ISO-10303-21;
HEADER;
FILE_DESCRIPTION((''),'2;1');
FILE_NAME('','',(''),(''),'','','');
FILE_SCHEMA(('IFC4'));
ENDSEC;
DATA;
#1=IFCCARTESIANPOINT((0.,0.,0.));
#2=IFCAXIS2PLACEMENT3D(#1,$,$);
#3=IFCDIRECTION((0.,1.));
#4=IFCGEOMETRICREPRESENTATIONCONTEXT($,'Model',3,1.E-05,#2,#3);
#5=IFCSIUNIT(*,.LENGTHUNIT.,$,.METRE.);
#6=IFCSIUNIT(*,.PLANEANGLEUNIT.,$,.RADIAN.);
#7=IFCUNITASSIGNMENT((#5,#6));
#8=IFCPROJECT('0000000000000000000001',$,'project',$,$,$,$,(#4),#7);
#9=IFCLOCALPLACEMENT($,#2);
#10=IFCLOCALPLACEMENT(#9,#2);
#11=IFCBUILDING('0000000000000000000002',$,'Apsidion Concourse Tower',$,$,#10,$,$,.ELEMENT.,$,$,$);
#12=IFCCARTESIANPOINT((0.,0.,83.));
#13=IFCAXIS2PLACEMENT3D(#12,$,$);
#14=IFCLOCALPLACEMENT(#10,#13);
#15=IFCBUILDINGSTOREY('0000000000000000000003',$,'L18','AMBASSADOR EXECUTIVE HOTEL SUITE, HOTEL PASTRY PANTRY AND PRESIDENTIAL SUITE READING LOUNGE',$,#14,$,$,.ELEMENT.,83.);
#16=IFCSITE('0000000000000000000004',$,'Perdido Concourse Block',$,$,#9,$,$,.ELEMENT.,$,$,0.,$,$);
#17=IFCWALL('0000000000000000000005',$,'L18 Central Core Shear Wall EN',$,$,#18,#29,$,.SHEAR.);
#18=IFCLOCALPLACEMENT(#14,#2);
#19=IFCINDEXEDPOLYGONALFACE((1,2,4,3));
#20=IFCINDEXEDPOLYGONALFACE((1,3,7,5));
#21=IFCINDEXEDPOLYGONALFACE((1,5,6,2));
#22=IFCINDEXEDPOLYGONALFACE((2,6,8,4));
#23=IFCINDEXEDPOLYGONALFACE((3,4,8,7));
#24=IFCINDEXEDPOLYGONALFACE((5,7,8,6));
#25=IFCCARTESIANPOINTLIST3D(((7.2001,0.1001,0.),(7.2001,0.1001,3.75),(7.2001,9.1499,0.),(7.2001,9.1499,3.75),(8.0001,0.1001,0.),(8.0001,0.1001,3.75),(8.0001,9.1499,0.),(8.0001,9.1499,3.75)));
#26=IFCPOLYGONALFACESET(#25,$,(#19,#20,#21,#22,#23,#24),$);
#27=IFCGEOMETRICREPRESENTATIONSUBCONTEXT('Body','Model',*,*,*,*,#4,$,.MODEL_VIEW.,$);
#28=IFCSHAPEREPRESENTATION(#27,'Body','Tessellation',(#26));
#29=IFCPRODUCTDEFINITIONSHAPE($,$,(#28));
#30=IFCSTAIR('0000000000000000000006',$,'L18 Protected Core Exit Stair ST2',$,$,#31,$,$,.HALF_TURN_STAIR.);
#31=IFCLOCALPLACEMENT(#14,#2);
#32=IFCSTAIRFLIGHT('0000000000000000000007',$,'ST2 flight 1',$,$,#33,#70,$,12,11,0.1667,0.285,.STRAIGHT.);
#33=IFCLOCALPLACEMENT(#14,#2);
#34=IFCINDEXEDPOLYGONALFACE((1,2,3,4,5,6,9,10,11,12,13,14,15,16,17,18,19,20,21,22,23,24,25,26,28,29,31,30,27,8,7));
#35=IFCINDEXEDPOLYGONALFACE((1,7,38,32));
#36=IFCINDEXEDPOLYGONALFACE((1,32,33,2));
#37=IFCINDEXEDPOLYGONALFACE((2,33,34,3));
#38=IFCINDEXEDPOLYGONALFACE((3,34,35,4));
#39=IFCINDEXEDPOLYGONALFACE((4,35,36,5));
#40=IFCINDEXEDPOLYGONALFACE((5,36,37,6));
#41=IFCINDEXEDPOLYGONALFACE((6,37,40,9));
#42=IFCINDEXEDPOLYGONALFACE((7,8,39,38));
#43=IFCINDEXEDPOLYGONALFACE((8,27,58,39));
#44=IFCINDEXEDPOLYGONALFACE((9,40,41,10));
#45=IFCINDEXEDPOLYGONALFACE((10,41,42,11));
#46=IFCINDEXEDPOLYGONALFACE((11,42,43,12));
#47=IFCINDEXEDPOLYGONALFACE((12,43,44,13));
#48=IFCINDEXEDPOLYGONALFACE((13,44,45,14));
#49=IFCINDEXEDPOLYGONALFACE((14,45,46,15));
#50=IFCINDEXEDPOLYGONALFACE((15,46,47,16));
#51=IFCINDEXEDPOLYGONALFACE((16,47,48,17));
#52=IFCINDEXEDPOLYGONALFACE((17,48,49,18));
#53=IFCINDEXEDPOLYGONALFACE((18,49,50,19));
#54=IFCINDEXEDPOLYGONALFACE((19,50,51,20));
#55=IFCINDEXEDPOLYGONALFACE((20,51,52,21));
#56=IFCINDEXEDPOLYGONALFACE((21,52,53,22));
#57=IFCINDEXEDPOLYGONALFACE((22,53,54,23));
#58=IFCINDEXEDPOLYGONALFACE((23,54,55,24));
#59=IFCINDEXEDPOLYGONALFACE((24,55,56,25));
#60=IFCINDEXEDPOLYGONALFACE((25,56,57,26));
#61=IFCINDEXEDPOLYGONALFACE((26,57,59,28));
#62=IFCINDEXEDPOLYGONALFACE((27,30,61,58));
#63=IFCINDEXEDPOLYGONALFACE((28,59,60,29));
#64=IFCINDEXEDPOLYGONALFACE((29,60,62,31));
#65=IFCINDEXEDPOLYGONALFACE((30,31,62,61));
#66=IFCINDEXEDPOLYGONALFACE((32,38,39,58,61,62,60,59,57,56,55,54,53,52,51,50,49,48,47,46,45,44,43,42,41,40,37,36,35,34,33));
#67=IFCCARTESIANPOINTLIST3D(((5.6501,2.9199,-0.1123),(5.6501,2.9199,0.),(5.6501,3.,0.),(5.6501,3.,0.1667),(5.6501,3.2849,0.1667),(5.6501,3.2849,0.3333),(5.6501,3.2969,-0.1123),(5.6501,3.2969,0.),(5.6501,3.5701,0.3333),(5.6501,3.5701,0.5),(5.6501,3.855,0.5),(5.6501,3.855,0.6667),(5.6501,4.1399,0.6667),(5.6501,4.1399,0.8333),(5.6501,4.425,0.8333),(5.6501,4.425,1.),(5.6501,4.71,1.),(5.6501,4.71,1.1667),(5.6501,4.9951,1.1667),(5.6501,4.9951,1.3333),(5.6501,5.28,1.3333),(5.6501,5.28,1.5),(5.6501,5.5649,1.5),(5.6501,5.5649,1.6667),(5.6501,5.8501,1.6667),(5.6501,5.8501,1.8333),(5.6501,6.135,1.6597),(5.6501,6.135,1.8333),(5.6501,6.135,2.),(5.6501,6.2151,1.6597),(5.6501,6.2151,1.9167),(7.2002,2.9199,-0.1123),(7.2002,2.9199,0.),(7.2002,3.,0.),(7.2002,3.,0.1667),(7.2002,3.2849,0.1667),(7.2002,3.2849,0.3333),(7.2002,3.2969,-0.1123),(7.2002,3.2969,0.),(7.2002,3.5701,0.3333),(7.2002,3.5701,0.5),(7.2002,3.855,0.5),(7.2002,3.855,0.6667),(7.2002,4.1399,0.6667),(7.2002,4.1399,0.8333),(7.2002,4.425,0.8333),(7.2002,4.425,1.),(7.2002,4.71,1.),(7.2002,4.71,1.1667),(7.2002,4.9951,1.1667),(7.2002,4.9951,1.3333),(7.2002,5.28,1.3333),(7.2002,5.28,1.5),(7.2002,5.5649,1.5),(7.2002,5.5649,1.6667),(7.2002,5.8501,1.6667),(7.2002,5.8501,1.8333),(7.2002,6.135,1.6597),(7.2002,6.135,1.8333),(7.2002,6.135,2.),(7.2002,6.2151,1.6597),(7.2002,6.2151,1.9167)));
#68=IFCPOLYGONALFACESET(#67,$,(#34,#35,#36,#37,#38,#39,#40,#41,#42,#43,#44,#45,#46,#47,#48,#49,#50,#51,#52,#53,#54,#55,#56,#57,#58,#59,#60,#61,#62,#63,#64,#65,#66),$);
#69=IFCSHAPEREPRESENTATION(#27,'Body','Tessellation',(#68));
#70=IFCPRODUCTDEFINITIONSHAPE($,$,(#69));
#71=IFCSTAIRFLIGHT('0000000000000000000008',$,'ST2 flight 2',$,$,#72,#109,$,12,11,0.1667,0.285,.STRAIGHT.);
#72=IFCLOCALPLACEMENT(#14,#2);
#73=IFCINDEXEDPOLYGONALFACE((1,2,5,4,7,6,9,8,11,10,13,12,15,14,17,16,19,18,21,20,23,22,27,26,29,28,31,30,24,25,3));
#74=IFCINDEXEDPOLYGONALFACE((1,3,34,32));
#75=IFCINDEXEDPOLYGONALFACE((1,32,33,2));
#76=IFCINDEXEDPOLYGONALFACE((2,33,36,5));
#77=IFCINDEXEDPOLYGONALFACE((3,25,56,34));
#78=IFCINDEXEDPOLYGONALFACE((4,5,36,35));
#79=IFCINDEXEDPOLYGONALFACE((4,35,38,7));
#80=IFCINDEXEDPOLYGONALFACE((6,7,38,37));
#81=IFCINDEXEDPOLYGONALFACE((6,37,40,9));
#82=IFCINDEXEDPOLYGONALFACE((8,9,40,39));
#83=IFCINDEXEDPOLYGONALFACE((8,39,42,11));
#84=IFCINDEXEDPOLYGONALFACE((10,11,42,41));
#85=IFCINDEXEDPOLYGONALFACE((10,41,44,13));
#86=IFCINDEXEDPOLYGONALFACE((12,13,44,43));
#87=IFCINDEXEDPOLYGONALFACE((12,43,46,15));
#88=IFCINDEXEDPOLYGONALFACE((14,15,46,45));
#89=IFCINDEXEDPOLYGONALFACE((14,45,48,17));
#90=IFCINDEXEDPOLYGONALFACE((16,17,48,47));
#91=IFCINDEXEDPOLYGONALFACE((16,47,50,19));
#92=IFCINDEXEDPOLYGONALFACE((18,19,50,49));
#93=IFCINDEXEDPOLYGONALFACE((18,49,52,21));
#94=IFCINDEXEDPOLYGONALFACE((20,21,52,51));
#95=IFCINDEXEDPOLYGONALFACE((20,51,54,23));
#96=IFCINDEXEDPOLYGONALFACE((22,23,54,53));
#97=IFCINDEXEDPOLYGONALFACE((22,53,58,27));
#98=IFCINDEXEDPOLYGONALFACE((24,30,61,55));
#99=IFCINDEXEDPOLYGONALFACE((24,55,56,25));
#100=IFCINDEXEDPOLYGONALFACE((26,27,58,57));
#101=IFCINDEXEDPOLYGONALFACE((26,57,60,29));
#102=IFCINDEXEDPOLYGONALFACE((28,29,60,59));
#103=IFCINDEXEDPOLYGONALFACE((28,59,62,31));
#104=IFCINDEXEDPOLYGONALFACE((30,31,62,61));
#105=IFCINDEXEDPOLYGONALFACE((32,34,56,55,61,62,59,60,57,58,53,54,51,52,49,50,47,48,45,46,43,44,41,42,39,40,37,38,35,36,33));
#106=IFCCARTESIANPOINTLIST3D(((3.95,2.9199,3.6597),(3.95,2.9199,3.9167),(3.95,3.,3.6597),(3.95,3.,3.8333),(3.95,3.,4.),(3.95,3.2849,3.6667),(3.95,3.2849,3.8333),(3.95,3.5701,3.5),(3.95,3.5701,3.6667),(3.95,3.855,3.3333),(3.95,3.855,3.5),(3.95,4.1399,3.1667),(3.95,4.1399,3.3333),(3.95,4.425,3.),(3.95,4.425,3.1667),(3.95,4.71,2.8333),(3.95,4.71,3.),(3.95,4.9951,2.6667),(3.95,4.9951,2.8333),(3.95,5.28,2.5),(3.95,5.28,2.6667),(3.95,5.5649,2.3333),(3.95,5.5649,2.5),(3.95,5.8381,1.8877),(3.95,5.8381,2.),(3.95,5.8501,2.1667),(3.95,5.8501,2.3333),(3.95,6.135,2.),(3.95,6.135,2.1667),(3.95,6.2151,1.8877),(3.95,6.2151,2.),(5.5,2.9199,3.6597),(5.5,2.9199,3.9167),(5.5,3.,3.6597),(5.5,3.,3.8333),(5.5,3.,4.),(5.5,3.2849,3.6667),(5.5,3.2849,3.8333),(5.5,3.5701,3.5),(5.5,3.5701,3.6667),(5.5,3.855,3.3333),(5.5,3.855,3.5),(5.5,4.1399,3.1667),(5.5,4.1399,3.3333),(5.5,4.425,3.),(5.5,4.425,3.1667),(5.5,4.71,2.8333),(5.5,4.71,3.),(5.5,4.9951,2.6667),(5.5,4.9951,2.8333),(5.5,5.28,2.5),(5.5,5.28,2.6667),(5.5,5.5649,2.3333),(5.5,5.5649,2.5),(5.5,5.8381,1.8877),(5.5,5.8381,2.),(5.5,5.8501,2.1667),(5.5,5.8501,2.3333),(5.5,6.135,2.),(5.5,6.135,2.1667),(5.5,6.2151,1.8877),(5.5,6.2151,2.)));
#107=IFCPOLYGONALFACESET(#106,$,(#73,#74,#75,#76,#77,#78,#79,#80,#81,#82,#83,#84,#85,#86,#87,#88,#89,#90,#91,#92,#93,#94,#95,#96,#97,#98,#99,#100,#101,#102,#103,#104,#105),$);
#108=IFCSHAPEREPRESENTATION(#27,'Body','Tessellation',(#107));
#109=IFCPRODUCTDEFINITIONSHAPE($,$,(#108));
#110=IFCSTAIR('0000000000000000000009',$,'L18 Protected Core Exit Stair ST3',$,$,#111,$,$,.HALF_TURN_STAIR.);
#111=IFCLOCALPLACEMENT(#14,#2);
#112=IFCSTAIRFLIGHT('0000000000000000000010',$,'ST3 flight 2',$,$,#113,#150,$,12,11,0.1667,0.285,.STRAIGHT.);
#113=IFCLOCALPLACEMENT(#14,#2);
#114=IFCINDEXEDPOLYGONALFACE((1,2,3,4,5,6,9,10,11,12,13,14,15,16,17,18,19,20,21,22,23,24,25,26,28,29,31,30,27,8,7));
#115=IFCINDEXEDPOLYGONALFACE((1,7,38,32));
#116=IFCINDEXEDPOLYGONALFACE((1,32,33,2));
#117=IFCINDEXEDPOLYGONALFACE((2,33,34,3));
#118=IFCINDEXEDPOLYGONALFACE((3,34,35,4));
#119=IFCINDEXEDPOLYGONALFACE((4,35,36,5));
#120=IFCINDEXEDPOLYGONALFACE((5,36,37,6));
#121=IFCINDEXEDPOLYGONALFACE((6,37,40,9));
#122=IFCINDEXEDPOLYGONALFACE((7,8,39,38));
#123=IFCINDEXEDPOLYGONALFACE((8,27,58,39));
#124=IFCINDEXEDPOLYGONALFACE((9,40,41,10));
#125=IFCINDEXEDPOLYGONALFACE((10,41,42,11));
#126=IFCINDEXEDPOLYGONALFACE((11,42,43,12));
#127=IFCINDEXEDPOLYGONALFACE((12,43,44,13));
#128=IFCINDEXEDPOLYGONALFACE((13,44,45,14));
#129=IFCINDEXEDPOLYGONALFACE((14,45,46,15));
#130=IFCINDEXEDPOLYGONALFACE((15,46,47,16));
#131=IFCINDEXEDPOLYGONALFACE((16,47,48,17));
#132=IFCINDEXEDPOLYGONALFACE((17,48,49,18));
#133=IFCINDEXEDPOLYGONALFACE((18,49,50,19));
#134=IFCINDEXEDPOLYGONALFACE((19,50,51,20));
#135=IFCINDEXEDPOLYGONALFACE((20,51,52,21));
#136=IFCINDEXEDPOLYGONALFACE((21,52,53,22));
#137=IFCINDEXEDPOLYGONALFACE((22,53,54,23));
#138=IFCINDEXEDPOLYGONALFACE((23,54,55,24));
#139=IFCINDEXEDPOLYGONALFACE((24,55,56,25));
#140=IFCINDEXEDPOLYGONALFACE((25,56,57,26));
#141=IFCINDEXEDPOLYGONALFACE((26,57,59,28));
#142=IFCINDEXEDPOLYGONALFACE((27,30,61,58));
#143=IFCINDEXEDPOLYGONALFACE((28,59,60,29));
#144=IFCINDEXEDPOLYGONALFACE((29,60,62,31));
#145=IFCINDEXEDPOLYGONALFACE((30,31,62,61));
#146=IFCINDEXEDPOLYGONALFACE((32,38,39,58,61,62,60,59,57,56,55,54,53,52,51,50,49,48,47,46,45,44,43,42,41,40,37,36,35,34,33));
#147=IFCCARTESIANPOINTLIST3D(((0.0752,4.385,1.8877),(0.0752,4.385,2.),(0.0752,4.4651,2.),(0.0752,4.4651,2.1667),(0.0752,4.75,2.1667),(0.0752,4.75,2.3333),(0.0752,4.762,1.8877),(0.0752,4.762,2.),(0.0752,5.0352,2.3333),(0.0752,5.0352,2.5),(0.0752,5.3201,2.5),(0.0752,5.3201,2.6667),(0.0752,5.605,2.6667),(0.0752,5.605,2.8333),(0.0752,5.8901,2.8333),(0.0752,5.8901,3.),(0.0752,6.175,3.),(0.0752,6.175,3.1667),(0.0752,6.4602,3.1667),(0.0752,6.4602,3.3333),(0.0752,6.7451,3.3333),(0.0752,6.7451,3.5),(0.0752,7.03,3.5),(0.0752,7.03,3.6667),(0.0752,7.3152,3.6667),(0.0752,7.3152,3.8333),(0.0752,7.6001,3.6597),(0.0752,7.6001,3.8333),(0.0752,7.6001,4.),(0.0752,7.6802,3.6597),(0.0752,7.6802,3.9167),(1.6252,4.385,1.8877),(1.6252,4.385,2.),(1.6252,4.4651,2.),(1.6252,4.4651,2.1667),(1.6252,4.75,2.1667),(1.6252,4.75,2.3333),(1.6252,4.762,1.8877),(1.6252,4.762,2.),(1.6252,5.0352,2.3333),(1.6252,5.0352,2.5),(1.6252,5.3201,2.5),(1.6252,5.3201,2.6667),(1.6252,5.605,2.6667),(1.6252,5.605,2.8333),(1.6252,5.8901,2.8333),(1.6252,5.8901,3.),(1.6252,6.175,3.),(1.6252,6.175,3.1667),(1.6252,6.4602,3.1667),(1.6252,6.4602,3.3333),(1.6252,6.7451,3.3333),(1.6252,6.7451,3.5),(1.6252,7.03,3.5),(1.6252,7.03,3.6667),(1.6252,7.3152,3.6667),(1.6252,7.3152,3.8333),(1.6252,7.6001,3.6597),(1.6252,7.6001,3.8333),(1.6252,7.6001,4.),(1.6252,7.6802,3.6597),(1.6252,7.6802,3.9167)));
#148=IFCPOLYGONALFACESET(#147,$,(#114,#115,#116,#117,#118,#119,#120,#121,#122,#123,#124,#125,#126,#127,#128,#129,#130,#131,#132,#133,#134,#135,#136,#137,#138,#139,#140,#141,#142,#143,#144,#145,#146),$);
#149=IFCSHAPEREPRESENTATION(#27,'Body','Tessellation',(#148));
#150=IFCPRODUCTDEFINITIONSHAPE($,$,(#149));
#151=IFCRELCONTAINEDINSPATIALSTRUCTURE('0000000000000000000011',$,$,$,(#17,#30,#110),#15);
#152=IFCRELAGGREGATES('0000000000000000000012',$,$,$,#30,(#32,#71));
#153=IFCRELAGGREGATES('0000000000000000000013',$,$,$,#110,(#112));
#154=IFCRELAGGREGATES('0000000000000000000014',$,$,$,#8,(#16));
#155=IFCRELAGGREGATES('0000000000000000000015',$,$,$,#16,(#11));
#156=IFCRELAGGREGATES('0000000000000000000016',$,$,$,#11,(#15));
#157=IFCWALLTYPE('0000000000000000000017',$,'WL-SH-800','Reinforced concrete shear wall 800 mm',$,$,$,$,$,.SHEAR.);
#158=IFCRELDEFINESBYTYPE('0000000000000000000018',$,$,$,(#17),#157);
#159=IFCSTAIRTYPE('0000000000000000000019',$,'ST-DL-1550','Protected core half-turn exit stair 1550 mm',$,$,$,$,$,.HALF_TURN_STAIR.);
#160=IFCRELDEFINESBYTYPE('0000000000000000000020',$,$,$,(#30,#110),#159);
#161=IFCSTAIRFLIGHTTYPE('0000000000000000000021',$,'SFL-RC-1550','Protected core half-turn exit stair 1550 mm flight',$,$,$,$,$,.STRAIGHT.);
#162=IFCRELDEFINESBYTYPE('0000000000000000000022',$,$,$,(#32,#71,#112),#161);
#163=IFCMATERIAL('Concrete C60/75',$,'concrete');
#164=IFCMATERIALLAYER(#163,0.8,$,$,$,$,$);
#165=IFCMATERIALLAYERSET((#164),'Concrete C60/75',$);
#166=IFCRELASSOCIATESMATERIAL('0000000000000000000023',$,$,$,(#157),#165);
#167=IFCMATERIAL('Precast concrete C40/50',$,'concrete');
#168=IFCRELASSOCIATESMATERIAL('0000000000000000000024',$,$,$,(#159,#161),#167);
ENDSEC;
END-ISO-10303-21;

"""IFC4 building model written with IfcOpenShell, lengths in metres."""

from ifc_helpers import new_model, si_unit, direction, frame, frame_2d, origin, place, context, subcontext, project, spatial, polyline, rectangle, outline, extrude, material, layer, layer_set, type_object, element, aggregate, save


model = new_model("IFC4")

# Units and contexts
model_context = context("Model", 3, precision=1e-05, world=origin(), true_north=direction((0.0, 1.0)))
body_context = subcontext(model_context, "Body", "Model", "MODEL_VIEW")
ifc_project = project(units=[si_unit("LENGTHUNIT", "METRE"), si_unit("PLANEANGLEUNIT", "RADIAN")], contexts=[model_context])

# Site, building, storey
site_placement = place(None, origin())
site = spatial("IfcSite", under=ifc_project, at=site_placement, Name="Perdido Concourse Block", CompositionType="ELEMENT", RefElevation=0.0)
building_placement = place(site_placement, origin())
building = spatial("IfcBuilding", under=site, at=building_placement, Name="Apsidion Concourse Tower", CompositionType="ELEMENT")
storey_placement = place(building_placement, frame((0.0, 0.0, 83.0)))
storey = spatial("IfcBuildingStorey", under=building, at=storey_placement, Name="L18", Description="AMBASSADOR EXECUTIVE HOTEL SUITE, HOTEL PASTRY PANTRY AND PRESIDENTIAL SUITE READING LOUNGE", CompositionType="ELEMENT", Elevation=83.0)

# Shared definitions
ifc_material_1 = material(Name="Concrete C60/75", Category="concrete")

# Wall
ifc_layer_1 = layer(ifc_material_1, 0.8)
ifc_layer_set_1 = layer_set([ifc_layer_1], Name="Concrete C60/75")
wall_type_1 = type_object("IfcWallType", Name="WL-SH-800", Description="Reinforced concrete shear wall 800 mm", PredefinedType="SHEAR", material=ifc_layer_set_1)
wall_1_placement = place(storey_placement, frame((7.6001, 0.1001, 0.0), z_axis=(0.0, 0.0, 1.0), x_axis=(0.0, 1.0, 0.0)))
element("IfcWall", 1, at=wall_1_placement, inside=storey, type_object=wall_type_1, Name="L18 Central Core Shear Wall EN", PredefinedType="SHEAR", context=body_context, shape_type="SweptSolid", body=[
    extrude(rectangle(XDim=9.0498, YDim=0.8, at=frame_2d((4.5249, 0.0))), origin(), (0.0, 0.0, 1.0), 3.75),
])

# Stair, stair flights
ifc_material_2 = material(Name="Precast concrete C40/50", Category="concrete")
stair_type = type_object("IfcStairType", Name="ST-DL-1550", Description="Protected core half-turn exit stair 1550 mm", PredefinedType="HALF_TURN_STAIR", material=ifc_material_2)
stair_1_placement = place(storey_placement, origin())
stair_1 = element("IfcStair", 2, at=stair_1_placement, inside=storey, type_object=stair_type, Name="L18 Protected Core Exit Stair ST2", PredefinedType="HALF_TURN_STAIR")
stair_flight_type = type_object("IfcStairFlightType", Name="SFL-RC-1550", Description="Protected core half-turn exit stair 1550 mm flight", PredefinedType="STRAIGHT", material=ifc_material_2)
stair_flight_1_placement = place(storey_placement, frame((6.425, 3.0, 0.0), z_axis=(0.0, 0.0, 1.0), x_axis=(0.0, 1.0, 0.0)))
stair_flight_1 = element("IfcStairFlight", 3, at=stair_flight_1_placement, type_object=stair_flight_type, Name="ST2 flight 1", NumberOfRisers=12, NumberOfTreads=11, PredefinedType="STRAIGHT", RiserHeight=0.1667, TreadLength=0.285, context=body_context, shape_type="SweptSolid", body=[
    extrude(outline(polyline([(-0.0801, -0.1123), (-0.0801, 0.0), (0.0, 0.0), (0.0, 0.1667), (0.2849, 0.1667), (0.2849, 0.3333), (0.5701, 0.3333), (0.5701, 0.5), (0.855, 0.5), (0.855, 0.6667), (1.1399, 0.6667), (1.1399, 0.8333), (1.425, 0.8333), (1.425, 1.0), (1.71, 1.0), (1.71, 1.1667), (1.9951, 1.1667), (1.9951, 1.3333), (2.28, 1.3333), (2.28, 1.5), (2.5649, 1.5), (2.5649, 1.6667), (2.8501, 1.6667), (2.8501, 1.8333), (3.135, 1.8333), (3.135, 2.0), (3.2151, 1.9167), (3.2151, 1.6597), (3.135, 1.6597), (0.2969, 0.0), (0.2969, -0.1123), (-0.0801, -0.1123)])), frame((0.0, 0.7749, 0.0), z_axis=(0.0, -1.0, 0.0), x_axis=(1.0, 0.0, 0.0)), (0.0, 0.0, 1.0), 1.55),
])
stair_flight_2_placement = place(storey_placement, frame((4.7251, 6.135, 2.0), z_axis=(0.0, 0.0, 1.0), x_axis=(0.0, -1.0, 0.0)))
stair_flight_2 = element("IfcStairFlight", 4, at=stair_flight_2_placement, type_object=stair_flight_type, Name="ST2 flight 2", NumberOfRisers=12, NumberOfTreads=11, PredefinedType="STRAIGHT", RiserHeight=0.1667, TreadLength=0.285, context=body_context, shape_type="SweptSolid", body=[
    extrude(outline(polyline([(-0.0801, -0.1123), (-0.0801, 0.0), (0.0, 0.0), (0.0, 0.1667), (0.2849, 0.1667), (0.2849, 0.3333), (0.5701, 0.3333), (0.5701, 0.5), (0.855, 0.5), (0.855, 0.6667), (1.1399, 0.6667), (1.1399, 0.8333), (1.425, 0.8333), (1.425, 1.0), (1.71, 1.0), (1.71, 1.1667), (1.9951, 1.1667), (1.9951, 1.3333), (2.28, 1.3333), (2.28, 1.5), (2.5649, 1.5), (2.5649, 1.6667), (2.8501, 1.6667), (2.8501, 1.8333), (3.135, 1.8333), (3.135, 2.0), (3.2151, 1.9167), (3.2151, 1.6597), (3.135, 1.6597), (0.2969, 0.0), (0.2969, -0.1123), (-0.0801, -0.1123)])), frame((0.0, 0.7749, 0.0), z_axis=(0.0, -1.0, 0.0), x_axis=(1.0, 0.0, 0.0)), (0.0, 0.0, 1.0), 1.55),
])
aggregate(stair_1, [stair_flight_1, stair_flight_2])

# Stair, stair flight
stair_2_placement = place(storey_placement, origin())
stair_2 = element("IfcStair", 5, at=stair_2_placement, inside=storey, type_object=stair_type, Name="L18 Protected Core Exit Stair ST3", PredefinedType="HALF_TURN_STAIR")
stair_flight_3_placement = place(storey_placement, frame((0.8501, 4.4651, 2.0), z_axis=(0.0, 0.0, 1.0), x_axis=(0.0, 1.0, 0.0)))
stair_flight_3 = element("IfcStairFlight", 6, at=stair_flight_3_placement, type_object=stair_flight_type, Name="ST3 flight 2", NumberOfRisers=12, NumberOfTreads=11, PredefinedType="STRAIGHT", RiserHeight=0.1667, TreadLength=0.285, context=body_context, shape_type="SweptSolid", body=[
    extrude(outline(polyline([(-0.0801, -0.1123), (-0.0801, 0.0), (0.0, 0.0), (0.0, 0.1667), (0.2849, 0.1667), (0.2849, 0.3333), (0.5701, 0.3333), (0.5701, 0.5), (0.855, 0.5), (0.855, 0.6667), (1.1399, 0.6667), (1.1399, 0.8333), (1.425, 0.8333), (1.425, 1.0), (1.71, 1.0), (1.71, 1.1667), (1.9951, 1.1667), (1.9951, 1.3333), (2.28, 1.3333), (2.28, 1.5), (2.5649, 1.5), (2.5649, 1.6667), (2.8501, 1.6667), (2.8501, 1.8333), (3.135, 1.8333), (3.135, 2.0), (3.2151, 1.9167), (3.2151, 1.6597), (3.135, 1.6597), (0.2969, 0.0), (0.2969, -0.1123), (-0.0801, -0.1123)])), frame((0.0, 0.7749, 0.0), z_axis=(0.0, -1.0, 0.0), x_axis=(1.0, 0.0, 0.0)), (0.0, 0.0, 1.0), 1.55),
])
aggregate(stair_2, [stair_flight_3])

save(model, "model.ifc")
